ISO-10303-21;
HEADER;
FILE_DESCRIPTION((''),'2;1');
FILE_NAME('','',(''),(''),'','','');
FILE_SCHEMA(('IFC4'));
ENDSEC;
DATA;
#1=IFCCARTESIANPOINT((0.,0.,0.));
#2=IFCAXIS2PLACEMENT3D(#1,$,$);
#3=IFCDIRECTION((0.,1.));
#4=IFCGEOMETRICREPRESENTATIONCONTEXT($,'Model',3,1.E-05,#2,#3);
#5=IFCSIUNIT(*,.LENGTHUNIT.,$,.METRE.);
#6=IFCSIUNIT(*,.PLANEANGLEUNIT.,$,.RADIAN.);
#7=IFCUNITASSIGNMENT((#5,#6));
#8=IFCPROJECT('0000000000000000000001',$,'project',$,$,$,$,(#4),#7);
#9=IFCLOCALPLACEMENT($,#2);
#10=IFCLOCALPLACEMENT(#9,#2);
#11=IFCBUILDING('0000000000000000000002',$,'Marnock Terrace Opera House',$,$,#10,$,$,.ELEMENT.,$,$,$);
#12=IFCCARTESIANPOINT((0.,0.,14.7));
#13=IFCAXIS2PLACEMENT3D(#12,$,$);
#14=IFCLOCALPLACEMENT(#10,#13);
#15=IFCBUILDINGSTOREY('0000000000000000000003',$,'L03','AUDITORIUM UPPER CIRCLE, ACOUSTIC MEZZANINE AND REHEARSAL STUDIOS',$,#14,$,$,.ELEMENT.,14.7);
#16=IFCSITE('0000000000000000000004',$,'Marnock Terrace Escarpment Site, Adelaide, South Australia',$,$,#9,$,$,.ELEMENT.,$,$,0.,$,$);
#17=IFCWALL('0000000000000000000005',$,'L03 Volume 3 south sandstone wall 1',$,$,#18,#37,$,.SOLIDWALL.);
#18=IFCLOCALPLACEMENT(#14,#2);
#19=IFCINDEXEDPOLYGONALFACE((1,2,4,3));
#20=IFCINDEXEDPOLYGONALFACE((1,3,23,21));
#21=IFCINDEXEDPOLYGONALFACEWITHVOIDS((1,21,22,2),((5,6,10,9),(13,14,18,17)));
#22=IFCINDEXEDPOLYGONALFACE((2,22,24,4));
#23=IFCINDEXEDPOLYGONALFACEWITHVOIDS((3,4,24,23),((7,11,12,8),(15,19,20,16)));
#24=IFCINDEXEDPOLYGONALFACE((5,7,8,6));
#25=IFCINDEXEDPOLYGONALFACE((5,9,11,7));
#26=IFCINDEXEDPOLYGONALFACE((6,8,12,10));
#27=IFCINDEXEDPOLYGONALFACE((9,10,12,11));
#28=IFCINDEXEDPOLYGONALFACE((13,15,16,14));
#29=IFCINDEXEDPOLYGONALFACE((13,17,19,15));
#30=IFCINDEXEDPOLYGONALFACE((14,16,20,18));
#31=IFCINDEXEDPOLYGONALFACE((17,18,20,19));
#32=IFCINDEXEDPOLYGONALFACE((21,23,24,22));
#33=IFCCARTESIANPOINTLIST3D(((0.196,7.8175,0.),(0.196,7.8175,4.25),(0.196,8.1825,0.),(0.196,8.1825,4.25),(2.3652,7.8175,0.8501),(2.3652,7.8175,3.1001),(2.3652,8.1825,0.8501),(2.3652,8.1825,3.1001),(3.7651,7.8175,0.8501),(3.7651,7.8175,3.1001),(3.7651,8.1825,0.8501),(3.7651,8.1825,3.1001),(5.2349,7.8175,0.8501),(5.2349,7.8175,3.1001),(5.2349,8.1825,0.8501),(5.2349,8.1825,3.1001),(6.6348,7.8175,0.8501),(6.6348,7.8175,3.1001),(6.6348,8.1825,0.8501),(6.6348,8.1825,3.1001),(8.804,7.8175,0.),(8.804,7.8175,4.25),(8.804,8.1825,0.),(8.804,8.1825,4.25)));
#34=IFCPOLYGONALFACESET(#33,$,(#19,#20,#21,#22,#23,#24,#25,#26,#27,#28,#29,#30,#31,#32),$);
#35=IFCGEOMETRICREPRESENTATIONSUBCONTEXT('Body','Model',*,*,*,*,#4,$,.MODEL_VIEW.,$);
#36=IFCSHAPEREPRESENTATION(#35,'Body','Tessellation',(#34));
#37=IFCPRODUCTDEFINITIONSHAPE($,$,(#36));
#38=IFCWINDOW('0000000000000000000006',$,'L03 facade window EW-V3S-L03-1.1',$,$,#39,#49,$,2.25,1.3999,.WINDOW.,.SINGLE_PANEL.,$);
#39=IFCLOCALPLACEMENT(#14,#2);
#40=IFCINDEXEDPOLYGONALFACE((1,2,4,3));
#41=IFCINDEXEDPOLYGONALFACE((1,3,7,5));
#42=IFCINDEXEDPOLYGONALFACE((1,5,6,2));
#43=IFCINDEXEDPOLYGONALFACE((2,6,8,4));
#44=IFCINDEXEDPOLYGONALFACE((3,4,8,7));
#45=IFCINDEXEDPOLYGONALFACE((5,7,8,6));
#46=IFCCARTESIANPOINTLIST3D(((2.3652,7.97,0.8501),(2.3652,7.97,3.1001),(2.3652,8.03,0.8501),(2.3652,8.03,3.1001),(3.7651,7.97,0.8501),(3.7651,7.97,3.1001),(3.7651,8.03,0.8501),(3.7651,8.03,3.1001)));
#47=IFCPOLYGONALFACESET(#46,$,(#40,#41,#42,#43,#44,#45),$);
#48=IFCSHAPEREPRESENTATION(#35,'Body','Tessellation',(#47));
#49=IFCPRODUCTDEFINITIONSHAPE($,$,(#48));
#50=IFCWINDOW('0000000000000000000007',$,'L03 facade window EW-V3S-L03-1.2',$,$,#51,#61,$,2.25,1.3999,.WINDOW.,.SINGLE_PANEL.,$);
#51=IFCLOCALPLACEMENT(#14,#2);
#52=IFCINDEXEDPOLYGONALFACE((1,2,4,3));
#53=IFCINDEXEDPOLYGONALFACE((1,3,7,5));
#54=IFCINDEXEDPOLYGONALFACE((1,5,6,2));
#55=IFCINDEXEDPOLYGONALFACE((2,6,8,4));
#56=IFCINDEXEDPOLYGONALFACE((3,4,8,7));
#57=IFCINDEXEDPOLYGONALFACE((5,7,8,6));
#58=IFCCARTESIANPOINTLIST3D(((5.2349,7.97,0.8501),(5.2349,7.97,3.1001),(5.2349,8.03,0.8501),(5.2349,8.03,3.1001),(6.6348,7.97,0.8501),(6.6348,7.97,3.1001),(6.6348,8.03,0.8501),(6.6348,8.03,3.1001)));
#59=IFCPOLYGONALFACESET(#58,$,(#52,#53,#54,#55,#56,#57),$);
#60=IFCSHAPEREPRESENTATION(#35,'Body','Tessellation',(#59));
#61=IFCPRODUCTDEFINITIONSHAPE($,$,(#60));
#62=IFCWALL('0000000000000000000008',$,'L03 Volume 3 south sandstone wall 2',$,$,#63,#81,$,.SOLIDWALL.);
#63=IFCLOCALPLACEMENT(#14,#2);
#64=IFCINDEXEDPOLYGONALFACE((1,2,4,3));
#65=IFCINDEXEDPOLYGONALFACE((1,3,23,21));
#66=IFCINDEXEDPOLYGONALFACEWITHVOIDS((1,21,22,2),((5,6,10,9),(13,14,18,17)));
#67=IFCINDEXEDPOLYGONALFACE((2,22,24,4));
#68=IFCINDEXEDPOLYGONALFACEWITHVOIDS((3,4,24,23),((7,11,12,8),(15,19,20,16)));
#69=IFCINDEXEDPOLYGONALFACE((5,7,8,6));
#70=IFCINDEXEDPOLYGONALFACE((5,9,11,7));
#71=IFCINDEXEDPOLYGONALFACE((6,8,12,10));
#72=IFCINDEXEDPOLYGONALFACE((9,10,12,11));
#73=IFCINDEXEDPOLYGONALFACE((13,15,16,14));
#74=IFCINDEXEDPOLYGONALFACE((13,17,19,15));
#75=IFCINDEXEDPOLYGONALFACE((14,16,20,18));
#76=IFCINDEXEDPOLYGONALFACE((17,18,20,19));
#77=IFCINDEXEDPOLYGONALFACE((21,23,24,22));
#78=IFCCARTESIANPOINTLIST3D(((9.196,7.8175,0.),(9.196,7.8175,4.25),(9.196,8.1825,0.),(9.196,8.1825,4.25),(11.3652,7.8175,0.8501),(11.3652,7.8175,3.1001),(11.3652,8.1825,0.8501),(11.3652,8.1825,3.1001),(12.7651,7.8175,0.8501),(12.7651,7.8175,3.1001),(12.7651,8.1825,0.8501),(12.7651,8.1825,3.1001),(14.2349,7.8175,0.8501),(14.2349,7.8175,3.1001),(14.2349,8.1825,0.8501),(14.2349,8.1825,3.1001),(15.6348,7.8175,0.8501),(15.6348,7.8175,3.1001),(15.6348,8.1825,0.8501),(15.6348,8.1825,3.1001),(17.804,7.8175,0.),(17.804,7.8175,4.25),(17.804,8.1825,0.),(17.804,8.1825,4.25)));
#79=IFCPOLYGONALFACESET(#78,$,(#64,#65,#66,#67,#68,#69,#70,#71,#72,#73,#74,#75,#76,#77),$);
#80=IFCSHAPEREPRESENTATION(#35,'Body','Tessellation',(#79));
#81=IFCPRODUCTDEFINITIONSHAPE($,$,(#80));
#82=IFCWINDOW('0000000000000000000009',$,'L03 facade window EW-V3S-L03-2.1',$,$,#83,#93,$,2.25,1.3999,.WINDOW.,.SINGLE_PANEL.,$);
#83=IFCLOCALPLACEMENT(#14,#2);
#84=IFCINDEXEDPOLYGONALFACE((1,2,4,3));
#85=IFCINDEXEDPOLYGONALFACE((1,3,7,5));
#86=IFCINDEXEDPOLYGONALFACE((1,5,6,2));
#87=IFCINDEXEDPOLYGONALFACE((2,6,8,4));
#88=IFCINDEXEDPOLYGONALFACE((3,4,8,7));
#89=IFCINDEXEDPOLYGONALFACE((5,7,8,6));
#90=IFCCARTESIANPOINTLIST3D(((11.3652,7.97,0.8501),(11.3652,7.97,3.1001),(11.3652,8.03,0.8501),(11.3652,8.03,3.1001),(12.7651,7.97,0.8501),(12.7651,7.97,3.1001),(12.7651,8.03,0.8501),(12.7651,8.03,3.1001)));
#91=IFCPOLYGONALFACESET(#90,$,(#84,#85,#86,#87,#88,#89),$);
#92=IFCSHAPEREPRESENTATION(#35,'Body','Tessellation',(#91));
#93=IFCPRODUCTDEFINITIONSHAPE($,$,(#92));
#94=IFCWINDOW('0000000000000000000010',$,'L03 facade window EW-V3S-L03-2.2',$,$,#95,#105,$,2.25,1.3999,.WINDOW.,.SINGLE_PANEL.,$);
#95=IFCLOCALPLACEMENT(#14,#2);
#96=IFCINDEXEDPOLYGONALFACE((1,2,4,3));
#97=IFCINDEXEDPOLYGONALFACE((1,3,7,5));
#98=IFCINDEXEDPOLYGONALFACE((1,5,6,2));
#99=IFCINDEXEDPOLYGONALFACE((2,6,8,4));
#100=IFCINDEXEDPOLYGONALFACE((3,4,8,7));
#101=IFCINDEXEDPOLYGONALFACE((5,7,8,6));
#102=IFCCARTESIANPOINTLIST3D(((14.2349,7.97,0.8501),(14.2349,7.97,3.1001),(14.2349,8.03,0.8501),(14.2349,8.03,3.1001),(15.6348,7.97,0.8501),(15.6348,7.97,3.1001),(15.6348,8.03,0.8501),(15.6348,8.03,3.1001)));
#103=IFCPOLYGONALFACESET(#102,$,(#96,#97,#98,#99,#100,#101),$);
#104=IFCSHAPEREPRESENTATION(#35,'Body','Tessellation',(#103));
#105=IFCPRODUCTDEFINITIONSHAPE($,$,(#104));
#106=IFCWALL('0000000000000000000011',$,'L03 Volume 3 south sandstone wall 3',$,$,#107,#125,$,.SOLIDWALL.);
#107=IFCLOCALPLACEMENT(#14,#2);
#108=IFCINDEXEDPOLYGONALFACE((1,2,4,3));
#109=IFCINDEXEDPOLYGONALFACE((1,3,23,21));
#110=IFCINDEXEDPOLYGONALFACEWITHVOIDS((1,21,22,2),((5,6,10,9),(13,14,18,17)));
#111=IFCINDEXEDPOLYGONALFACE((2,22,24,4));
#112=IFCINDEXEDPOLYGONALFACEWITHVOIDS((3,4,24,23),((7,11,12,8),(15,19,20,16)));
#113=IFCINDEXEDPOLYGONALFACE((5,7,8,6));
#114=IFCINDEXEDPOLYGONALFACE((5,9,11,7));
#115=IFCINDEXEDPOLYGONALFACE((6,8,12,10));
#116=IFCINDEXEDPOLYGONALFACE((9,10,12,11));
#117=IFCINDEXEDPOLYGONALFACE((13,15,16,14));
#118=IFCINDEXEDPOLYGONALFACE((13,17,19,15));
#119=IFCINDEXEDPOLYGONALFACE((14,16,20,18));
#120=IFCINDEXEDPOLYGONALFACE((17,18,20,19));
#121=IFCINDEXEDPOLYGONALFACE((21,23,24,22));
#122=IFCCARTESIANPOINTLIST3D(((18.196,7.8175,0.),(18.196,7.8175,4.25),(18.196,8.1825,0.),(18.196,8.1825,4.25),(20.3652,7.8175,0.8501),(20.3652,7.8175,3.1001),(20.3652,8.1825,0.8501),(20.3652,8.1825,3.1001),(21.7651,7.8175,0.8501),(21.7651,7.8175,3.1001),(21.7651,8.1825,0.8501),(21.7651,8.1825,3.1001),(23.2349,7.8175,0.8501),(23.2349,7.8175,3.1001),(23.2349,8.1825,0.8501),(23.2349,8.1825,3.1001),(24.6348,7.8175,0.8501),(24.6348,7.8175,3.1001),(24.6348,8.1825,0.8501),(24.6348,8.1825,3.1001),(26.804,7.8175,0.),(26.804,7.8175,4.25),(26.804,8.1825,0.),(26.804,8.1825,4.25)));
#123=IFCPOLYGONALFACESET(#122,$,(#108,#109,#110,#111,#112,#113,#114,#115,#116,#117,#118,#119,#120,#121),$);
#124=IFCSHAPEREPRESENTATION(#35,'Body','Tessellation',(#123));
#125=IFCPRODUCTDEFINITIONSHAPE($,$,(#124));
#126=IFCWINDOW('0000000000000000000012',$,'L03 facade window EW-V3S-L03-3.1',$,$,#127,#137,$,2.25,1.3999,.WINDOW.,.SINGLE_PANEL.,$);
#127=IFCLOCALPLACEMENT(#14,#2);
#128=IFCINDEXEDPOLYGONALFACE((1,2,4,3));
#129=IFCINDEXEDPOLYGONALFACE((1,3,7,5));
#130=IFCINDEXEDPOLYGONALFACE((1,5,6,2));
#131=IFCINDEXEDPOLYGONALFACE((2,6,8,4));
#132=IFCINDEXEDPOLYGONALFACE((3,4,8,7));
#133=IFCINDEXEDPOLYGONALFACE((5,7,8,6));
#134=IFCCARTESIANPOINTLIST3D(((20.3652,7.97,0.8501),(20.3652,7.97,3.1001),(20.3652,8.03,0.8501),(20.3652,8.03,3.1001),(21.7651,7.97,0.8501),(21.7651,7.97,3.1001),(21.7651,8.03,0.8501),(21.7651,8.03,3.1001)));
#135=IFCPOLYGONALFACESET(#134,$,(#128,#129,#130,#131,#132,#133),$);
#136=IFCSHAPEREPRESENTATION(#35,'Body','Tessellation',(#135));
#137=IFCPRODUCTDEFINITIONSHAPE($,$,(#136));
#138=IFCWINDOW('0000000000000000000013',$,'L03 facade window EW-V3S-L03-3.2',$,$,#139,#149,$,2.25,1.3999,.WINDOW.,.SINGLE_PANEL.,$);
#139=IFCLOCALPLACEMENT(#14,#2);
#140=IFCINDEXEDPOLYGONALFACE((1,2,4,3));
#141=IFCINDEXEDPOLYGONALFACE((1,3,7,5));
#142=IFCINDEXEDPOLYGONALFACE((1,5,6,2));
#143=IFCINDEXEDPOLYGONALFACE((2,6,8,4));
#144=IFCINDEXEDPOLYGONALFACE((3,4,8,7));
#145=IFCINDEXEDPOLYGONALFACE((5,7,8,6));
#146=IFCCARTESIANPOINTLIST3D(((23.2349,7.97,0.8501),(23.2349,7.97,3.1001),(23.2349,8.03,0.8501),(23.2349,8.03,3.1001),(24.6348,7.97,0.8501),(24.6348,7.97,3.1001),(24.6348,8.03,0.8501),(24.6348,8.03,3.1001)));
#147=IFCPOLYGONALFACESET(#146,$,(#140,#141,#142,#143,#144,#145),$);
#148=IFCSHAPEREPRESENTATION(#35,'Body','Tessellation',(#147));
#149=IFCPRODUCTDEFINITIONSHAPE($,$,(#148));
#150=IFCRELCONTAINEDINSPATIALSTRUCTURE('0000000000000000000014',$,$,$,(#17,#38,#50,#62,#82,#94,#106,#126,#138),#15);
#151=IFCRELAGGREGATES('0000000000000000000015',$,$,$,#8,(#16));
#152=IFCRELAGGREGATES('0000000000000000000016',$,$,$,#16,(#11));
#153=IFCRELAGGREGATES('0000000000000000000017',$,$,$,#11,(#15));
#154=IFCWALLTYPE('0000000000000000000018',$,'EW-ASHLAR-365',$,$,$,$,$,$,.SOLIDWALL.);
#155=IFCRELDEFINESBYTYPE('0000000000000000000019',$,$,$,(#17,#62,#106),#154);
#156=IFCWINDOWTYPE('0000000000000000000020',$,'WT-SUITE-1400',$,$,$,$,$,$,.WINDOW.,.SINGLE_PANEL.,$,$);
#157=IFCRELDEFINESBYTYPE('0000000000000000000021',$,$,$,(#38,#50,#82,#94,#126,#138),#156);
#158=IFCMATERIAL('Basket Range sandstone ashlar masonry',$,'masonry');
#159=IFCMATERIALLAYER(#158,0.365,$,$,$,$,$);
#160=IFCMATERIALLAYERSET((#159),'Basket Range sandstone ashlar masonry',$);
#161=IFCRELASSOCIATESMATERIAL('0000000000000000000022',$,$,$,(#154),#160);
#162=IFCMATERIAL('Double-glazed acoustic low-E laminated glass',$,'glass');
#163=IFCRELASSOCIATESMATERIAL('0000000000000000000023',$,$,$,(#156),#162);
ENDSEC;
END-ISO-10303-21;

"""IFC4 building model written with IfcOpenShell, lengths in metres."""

from ifc_helpers import new_model, si_unit, direction, frame, frame_2d, origin, place, context, subcontext, project, spatial, rectangle, extrude, material, layer, layer_set, type_object, element, fill, save


model = new_model("IFC4")

# Units and contexts
model_context = context("Model", 3, precision=1e-05, world=origin(), true_north=direction((0.0, 1.0)))
body_context = subcontext(model_context, "Body", "Model", "MODEL_VIEW")
ifc_project = project(units=[si_unit("LENGTHUNIT", "METRE"), si_unit("PLANEANGLEUNIT", "RADIAN")], contexts=[model_context])

# Site, building, storey
site_placement = place(None, origin())
site = spatial("IfcSite", under=ifc_project, at=site_placement, Name="Marnock Terrace Escarpment Site, Adelaide, South Australia", CompositionType="ELEMENT", RefElevation=0.0)
building_placement = place(site_placement, origin())
building = spatial("IfcBuilding", under=site, at=building_placement, Name="Marnock Terrace Opera House", CompositionType="ELEMENT")
storey_placement = place(building_placement, frame((0.0, 0.0, 14.7)))
storey = spatial("IfcBuildingStorey", under=building, at=storey_placement, Name="L03", Description="AUDITORIUM UPPER CIRCLE, ACOUSTIC MEZZANINE AND REHEARSAL STUDIOS", CompositionType="ELEMENT", Elevation=14.7)

# Walls, openings, windows
ifc_material_1 = material(Name="Basket Range sandstone ashlar masonry", Category="masonry")
ifc_layer_1 = layer(ifc_material_1, 0.365)
ifc_layer_set_1 = layer_set([ifc_layer_1], Name="Basket Range sandstone ashlar masonry")
wall_type = type_object("IfcWallType", Name="EW-ASHLAR-365", PredefinedType="SOLIDWALL", material=ifc_layer_set_1)
wall_1_placement = place(storey_placement, frame((0.196, 8.0, 0.0), z_axis=(0.0, 0.0, 1.0), x_axis=(1.0, 0.0, 0.0)))
wall_1 = element("IfcWall", 1, at=wall_1_placement, inside=storey, type_object=wall_type, Name="L03 Volume 3 south sandstone wall 1", PredefinedType="SOLIDWALL", context=body_context, shape_type="SweptSolid", body=[
    extrude(rectangle(XDim=8.6079, YDim=0.365, at=frame_2d((4.304, 0.0))), origin(), (0.0, 0.0, 1.0), 4.25),
])
opening_1_placement = place(wall_1_placement, frame((2.1692, 0.0, 0.8501)))
opening_1 = element("IfcOpeningElement", 2, at=opening_1_placement, cuts=wall_1, PredefinedType="OPENING", context=body_context, shape_type="SweptSolid", body=[
    extrude(rectangle(XDim=1.3999, YDim=2.25, at=frame_2d((0.7, 1.125))), frame((0.0, 0.1924, 0.0), z_axis=(0.0, -1.0, 0.0), x_axis=(1.0, 0.0, 0.0)), (0.0, 0.0, 1.0), 0.385),
])
opening_2_placement = place(wall_1_placement, frame((5.0388, 0.0, 0.8501)))
opening_2 = element("IfcOpeningElement", 3, at=opening_2_placement, cuts=wall_1, PredefinedType="OPENING", context=body_context, shape_type="SweptSolid", body=[
    extrude(rectangle(XDim=1.3999, YDim=2.25, at=frame_2d((0.7, 1.125))), frame((0.0, 0.1924, 0.0), z_axis=(0.0, -1.0, 0.0), x_axis=(1.0, 0.0, 0.0)), (0.0, 0.0, 1.0), 0.385),
])
ifc_material_2 = material(Name="Double-glazed acoustic low-E laminated glass", Category="glass")
window_type = type_object("IfcWindowType", Name="WT-SUITE-1400", PartitioningType="SINGLE_PANEL", PredefinedType="WINDOW", material=ifc_material_2)
window_1_placement = place(opening_1_placement, origin())
window_1 = element("IfcWindow", 4, at=window_1_placement, inside=storey, type_object=window_type, Name="L03 facade window EW-V3S-L03-1.1", OverallHeight=2.25, OverallWidth=1.3999, PartitioningType="SINGLE_PANEL", PredefinedType="WINDOW", context=body_context, shape_type="SweptSolid", body=[
    extrude(rectangle(XDim=1.3999, YDim=2.25, at=frame_2d((0.7, 1.125))), frame((0.0, 0.03, 0.0), z_axis=(0.0, -1.0, 0.0), x_axis=(1.0, 0.0, 0.0)), (0.0, 0.0, 1.0), 0.0601),
])
fill(opening_1, window_1)
window_2_placement = place(opening_2_placement, origin())
window_2 = element("IfcWindow", 5, at=window_2_placement, inside=storey, type_object=window_type, Name="L03 facade window EW-V3S-L03-1.2", OverallHeight=2.25, OverallWidth=1.3999, PartitioningType="SINGLE_PANEL", PredefinedType="WINDOW", context=body_context, shape_type="SweptSolid", body=[
    extrude(rectangle(XDim=1.3999, YDim=2.25, at=frame_2d((0.7, 1.125))), frame((0.0, 0.03, 0.0), z_axis=(0.0, -1.0, 0.0), x_axis=(1.0, 0.0, 0.0)), (0.0, 0.0, 1.0), 0.0601),
])
fill(opening_2, window_2)
wall_2_placement = place(storey_placement, frame((9.196, 8.0, 0.0), z_axis=(0.0, 0.0, 1.0), x_axis=(1.0, 0.0, 0.0)))
wall_2 = element("IfcWall", 6, at=wall_2_placement, inside=storey, type_object=wall_type, Name="L03 Volume 3 south sandstone wall 2", PredefinedType="SOLIDWALL", context=body_context, shape_type="SweptSolid", body=[
    extrude(rectangle(XDim=8.6079, YDim=0.365, at=frame_2d((4.304, 0.0))), origin(), (0.0, 0.0, 1.0), 4.25),
])
opening_3_placement = place(wall_2_placement, frame((2.1692, 0.0, 0.8501)))
opening_3 = element("IfcOpeningElement", 7, at=opening_3_placement, cuts=wall_2, PredefinedType="OPENING", context=body_context, shape_type="SweptSolid", body=[
    extrude(rectangle(XDim=1.3999, YDim=2.25, at=frame_2d((0.7, 1.125))), frame((0.0, 0.1924, 0.0), z_axis=(0.0, -1.0, 0.0), x_axis=(1.0, 0.0, 0.0)), (0.0, 0.0, 1.0), 0.385),
])
opening_4_placement = place(wall_2_placement, frame((5.0388, 0.0, 0.8501)))
opening_4 = element("IfcOpeningElement", 8, at=opening_4_placement, cuts=wall_2, PredefinedType="OPENING", context=body_context, shape_type="SweptSolid", body=[
    extrude(rectangle(XDim=1.3999, YDim=2.25, at=frame_2d((0.7, 1.125))), frame((0.0, 0.1924, 0.0), z_axis=(0.0, -1.0, 0.0), x_axis=(1.0, 0.0, 0.0)), (0.0, 0.0, 1.0), 0.385),
])
window_3_placement = place(opening_3_placement, origin())
window_3 = element("IfcWindow", 9, at=window_3_placement, inside=storey, type_object=window_type, Name="L03 facade window EW-V3S-L03-2.1", OverallHeight=2.25, OverallWidth=1.3999, PartitioningType="SINGLE_PANEL", PredefinedType="WINDOW", context=body_context, shape_type="SweptSolid", body=[
    extrude(rectangle(XDim=1.3999, YDim=2.25, at=frame_2d((0.7, 1.125))), frame((0.0, 0.03, 0.0), z_axis=(0.0, -1.0, 0.0), x_axis=(1.0, 0.0, 0.0)), (0.0, 0.0, 1.0), 0.0601),
])
fill(opening_3, window_3)
window_4_placement = place(opening_4_placement, origin())
window_4 = element("IfcWindow", 10, at=window_4_placement, inside=storey, type_object=window_type, Name="L03 facade window EW-V3S-L03-2.2", OverallHeight=2.25, OverallWidth=1.3999, PartitioningType="SINGLE_PANEL", PredefinedType="WINDOW", context=body_context, shape_type="SweptSolid", body=[
    extrude(rectangle(XDim=1.3999, YDim=2.25, at=frame_2d((0.7, 1.125))), frame((0.0, 0.03, 0.0), z_axis=(0.0, -1.0, 0.0), x_axis=(1.0, 0.0, 0.0)), (0.0, 0.0, 1.0), 0.0601),
])
fill(opening_4, window_4)
wall_3_placement = place(storey_placement, frame((18.196, 8.0, 0.0), z_axis=(0.0, 0.0, 1.0), x_axis=(1.0, 0.0, 0.0)))
wall_3 = element("IfcWall", 11, at=wall_3_placement, inside=storey, type_object=wall_type, Name="L03 Volume 3 south sandstone wall 3", PredefinedType="SOLIDWALL", context=body_context, shape_type="SweptSolid", body=[
    extrude(rectangle(XDim=8.6079, YDim=0.365, at=frame_2d((4.304, 0.0))), origin(), (0.0, 0.0, 1.0), 4.25),
])
opening_5_placement = place(wall_3_placement, frame((2.1692, 0.0, 0.8501)))
opening_5 = element("IfcOpeningElement", 12, at=opening_5_placement, cuts=wall_3, PredefinedType="OPENING", context=body_context, shape_type="SweptSolid", body=[
    extrude(rectangle(XDim=1.3999, YDim=2.25, at=frame_2d((0.7, 1.125))), frame((0.0, 0.1924, 0.0), z_axis=(0.0, -1.0, 0.0), x_axis=(1.0, 0.0, 0.0)), (0.0, 0.0, 1.0), 0.385),
])
opening_6_placement = place(wall_3_placement, frame((5.0388, 0.0, 0.8501)))
opening_6 = element("IfcOpeningElement", 13, at=opening_6_placement, cuts=wall_3, PredefinedType="OPENING", context=body_context, shape_type="SweptSolid", body=[
    extrude(rectangle(XDim=1.3999, YDim=2.25, at=frame_2d((0.7, 1.125))), frame((0.0, 0.1924, 0.0), z_axis=(0.0, -1.0, 0.0), x_axis=(1.0, 0.0, 0.0)), (0.0, 0.0, 1.0), 0.385),
])
window_5_placement = place(opening_5_placement, origin())
window_5 = element("IfcWindow", 14, at=window_5_placement, inside=storey, type_object=window_type, Name="L03 facade window EW-V3S-L03-3.1", OverallHeight=2.25, OverallWidth=1.3999, PartitioningType="SINGLE_PANEL", PredefinedType="WINDOW", context=body_context, shape_type="SweptSolid", body=[
    extrude(rectangle(XDim=1.3999, YDim=2.25, at=frame_2d((0.7, 1.125))), frame((0.0, 0.03, 0.0), z_axis=(0.0, -1.0, 0.0), x_axis=(1.0, 0.0, 0.0)), (0.0, 0.0, 1.0), 0.0601),
])
fill(opening_5, window_5)
window_6_placement = place(opening_6_placement, origin())
window_6 = element("IfcWindow", 15, at=window_6_placement, inside=storey, type_object=window_type, Name="L03 facade window EW-V3S-L03-3.2", OverallHeight=2.25, OverallWidth=1.3999, PartitioningType="SINGLE_PANEL", PredefinedType="WINDOW", context=body_context, shape_type="SweptSolid", body=[
    extrude(rectangle(XDim=1.3999, YDim=2.25, at=frame_2d((0.7, 1.125))), frame((0.0, 0.03, 0.0), z_axis=(0.0, -1.0, 0.0), x_axis=(1.0, 0.0, 0.0)), (0.0, 0.0, 1.0), 0.0601),
])
fill(opening_6, window_6)

save(model, "model.ifc")
